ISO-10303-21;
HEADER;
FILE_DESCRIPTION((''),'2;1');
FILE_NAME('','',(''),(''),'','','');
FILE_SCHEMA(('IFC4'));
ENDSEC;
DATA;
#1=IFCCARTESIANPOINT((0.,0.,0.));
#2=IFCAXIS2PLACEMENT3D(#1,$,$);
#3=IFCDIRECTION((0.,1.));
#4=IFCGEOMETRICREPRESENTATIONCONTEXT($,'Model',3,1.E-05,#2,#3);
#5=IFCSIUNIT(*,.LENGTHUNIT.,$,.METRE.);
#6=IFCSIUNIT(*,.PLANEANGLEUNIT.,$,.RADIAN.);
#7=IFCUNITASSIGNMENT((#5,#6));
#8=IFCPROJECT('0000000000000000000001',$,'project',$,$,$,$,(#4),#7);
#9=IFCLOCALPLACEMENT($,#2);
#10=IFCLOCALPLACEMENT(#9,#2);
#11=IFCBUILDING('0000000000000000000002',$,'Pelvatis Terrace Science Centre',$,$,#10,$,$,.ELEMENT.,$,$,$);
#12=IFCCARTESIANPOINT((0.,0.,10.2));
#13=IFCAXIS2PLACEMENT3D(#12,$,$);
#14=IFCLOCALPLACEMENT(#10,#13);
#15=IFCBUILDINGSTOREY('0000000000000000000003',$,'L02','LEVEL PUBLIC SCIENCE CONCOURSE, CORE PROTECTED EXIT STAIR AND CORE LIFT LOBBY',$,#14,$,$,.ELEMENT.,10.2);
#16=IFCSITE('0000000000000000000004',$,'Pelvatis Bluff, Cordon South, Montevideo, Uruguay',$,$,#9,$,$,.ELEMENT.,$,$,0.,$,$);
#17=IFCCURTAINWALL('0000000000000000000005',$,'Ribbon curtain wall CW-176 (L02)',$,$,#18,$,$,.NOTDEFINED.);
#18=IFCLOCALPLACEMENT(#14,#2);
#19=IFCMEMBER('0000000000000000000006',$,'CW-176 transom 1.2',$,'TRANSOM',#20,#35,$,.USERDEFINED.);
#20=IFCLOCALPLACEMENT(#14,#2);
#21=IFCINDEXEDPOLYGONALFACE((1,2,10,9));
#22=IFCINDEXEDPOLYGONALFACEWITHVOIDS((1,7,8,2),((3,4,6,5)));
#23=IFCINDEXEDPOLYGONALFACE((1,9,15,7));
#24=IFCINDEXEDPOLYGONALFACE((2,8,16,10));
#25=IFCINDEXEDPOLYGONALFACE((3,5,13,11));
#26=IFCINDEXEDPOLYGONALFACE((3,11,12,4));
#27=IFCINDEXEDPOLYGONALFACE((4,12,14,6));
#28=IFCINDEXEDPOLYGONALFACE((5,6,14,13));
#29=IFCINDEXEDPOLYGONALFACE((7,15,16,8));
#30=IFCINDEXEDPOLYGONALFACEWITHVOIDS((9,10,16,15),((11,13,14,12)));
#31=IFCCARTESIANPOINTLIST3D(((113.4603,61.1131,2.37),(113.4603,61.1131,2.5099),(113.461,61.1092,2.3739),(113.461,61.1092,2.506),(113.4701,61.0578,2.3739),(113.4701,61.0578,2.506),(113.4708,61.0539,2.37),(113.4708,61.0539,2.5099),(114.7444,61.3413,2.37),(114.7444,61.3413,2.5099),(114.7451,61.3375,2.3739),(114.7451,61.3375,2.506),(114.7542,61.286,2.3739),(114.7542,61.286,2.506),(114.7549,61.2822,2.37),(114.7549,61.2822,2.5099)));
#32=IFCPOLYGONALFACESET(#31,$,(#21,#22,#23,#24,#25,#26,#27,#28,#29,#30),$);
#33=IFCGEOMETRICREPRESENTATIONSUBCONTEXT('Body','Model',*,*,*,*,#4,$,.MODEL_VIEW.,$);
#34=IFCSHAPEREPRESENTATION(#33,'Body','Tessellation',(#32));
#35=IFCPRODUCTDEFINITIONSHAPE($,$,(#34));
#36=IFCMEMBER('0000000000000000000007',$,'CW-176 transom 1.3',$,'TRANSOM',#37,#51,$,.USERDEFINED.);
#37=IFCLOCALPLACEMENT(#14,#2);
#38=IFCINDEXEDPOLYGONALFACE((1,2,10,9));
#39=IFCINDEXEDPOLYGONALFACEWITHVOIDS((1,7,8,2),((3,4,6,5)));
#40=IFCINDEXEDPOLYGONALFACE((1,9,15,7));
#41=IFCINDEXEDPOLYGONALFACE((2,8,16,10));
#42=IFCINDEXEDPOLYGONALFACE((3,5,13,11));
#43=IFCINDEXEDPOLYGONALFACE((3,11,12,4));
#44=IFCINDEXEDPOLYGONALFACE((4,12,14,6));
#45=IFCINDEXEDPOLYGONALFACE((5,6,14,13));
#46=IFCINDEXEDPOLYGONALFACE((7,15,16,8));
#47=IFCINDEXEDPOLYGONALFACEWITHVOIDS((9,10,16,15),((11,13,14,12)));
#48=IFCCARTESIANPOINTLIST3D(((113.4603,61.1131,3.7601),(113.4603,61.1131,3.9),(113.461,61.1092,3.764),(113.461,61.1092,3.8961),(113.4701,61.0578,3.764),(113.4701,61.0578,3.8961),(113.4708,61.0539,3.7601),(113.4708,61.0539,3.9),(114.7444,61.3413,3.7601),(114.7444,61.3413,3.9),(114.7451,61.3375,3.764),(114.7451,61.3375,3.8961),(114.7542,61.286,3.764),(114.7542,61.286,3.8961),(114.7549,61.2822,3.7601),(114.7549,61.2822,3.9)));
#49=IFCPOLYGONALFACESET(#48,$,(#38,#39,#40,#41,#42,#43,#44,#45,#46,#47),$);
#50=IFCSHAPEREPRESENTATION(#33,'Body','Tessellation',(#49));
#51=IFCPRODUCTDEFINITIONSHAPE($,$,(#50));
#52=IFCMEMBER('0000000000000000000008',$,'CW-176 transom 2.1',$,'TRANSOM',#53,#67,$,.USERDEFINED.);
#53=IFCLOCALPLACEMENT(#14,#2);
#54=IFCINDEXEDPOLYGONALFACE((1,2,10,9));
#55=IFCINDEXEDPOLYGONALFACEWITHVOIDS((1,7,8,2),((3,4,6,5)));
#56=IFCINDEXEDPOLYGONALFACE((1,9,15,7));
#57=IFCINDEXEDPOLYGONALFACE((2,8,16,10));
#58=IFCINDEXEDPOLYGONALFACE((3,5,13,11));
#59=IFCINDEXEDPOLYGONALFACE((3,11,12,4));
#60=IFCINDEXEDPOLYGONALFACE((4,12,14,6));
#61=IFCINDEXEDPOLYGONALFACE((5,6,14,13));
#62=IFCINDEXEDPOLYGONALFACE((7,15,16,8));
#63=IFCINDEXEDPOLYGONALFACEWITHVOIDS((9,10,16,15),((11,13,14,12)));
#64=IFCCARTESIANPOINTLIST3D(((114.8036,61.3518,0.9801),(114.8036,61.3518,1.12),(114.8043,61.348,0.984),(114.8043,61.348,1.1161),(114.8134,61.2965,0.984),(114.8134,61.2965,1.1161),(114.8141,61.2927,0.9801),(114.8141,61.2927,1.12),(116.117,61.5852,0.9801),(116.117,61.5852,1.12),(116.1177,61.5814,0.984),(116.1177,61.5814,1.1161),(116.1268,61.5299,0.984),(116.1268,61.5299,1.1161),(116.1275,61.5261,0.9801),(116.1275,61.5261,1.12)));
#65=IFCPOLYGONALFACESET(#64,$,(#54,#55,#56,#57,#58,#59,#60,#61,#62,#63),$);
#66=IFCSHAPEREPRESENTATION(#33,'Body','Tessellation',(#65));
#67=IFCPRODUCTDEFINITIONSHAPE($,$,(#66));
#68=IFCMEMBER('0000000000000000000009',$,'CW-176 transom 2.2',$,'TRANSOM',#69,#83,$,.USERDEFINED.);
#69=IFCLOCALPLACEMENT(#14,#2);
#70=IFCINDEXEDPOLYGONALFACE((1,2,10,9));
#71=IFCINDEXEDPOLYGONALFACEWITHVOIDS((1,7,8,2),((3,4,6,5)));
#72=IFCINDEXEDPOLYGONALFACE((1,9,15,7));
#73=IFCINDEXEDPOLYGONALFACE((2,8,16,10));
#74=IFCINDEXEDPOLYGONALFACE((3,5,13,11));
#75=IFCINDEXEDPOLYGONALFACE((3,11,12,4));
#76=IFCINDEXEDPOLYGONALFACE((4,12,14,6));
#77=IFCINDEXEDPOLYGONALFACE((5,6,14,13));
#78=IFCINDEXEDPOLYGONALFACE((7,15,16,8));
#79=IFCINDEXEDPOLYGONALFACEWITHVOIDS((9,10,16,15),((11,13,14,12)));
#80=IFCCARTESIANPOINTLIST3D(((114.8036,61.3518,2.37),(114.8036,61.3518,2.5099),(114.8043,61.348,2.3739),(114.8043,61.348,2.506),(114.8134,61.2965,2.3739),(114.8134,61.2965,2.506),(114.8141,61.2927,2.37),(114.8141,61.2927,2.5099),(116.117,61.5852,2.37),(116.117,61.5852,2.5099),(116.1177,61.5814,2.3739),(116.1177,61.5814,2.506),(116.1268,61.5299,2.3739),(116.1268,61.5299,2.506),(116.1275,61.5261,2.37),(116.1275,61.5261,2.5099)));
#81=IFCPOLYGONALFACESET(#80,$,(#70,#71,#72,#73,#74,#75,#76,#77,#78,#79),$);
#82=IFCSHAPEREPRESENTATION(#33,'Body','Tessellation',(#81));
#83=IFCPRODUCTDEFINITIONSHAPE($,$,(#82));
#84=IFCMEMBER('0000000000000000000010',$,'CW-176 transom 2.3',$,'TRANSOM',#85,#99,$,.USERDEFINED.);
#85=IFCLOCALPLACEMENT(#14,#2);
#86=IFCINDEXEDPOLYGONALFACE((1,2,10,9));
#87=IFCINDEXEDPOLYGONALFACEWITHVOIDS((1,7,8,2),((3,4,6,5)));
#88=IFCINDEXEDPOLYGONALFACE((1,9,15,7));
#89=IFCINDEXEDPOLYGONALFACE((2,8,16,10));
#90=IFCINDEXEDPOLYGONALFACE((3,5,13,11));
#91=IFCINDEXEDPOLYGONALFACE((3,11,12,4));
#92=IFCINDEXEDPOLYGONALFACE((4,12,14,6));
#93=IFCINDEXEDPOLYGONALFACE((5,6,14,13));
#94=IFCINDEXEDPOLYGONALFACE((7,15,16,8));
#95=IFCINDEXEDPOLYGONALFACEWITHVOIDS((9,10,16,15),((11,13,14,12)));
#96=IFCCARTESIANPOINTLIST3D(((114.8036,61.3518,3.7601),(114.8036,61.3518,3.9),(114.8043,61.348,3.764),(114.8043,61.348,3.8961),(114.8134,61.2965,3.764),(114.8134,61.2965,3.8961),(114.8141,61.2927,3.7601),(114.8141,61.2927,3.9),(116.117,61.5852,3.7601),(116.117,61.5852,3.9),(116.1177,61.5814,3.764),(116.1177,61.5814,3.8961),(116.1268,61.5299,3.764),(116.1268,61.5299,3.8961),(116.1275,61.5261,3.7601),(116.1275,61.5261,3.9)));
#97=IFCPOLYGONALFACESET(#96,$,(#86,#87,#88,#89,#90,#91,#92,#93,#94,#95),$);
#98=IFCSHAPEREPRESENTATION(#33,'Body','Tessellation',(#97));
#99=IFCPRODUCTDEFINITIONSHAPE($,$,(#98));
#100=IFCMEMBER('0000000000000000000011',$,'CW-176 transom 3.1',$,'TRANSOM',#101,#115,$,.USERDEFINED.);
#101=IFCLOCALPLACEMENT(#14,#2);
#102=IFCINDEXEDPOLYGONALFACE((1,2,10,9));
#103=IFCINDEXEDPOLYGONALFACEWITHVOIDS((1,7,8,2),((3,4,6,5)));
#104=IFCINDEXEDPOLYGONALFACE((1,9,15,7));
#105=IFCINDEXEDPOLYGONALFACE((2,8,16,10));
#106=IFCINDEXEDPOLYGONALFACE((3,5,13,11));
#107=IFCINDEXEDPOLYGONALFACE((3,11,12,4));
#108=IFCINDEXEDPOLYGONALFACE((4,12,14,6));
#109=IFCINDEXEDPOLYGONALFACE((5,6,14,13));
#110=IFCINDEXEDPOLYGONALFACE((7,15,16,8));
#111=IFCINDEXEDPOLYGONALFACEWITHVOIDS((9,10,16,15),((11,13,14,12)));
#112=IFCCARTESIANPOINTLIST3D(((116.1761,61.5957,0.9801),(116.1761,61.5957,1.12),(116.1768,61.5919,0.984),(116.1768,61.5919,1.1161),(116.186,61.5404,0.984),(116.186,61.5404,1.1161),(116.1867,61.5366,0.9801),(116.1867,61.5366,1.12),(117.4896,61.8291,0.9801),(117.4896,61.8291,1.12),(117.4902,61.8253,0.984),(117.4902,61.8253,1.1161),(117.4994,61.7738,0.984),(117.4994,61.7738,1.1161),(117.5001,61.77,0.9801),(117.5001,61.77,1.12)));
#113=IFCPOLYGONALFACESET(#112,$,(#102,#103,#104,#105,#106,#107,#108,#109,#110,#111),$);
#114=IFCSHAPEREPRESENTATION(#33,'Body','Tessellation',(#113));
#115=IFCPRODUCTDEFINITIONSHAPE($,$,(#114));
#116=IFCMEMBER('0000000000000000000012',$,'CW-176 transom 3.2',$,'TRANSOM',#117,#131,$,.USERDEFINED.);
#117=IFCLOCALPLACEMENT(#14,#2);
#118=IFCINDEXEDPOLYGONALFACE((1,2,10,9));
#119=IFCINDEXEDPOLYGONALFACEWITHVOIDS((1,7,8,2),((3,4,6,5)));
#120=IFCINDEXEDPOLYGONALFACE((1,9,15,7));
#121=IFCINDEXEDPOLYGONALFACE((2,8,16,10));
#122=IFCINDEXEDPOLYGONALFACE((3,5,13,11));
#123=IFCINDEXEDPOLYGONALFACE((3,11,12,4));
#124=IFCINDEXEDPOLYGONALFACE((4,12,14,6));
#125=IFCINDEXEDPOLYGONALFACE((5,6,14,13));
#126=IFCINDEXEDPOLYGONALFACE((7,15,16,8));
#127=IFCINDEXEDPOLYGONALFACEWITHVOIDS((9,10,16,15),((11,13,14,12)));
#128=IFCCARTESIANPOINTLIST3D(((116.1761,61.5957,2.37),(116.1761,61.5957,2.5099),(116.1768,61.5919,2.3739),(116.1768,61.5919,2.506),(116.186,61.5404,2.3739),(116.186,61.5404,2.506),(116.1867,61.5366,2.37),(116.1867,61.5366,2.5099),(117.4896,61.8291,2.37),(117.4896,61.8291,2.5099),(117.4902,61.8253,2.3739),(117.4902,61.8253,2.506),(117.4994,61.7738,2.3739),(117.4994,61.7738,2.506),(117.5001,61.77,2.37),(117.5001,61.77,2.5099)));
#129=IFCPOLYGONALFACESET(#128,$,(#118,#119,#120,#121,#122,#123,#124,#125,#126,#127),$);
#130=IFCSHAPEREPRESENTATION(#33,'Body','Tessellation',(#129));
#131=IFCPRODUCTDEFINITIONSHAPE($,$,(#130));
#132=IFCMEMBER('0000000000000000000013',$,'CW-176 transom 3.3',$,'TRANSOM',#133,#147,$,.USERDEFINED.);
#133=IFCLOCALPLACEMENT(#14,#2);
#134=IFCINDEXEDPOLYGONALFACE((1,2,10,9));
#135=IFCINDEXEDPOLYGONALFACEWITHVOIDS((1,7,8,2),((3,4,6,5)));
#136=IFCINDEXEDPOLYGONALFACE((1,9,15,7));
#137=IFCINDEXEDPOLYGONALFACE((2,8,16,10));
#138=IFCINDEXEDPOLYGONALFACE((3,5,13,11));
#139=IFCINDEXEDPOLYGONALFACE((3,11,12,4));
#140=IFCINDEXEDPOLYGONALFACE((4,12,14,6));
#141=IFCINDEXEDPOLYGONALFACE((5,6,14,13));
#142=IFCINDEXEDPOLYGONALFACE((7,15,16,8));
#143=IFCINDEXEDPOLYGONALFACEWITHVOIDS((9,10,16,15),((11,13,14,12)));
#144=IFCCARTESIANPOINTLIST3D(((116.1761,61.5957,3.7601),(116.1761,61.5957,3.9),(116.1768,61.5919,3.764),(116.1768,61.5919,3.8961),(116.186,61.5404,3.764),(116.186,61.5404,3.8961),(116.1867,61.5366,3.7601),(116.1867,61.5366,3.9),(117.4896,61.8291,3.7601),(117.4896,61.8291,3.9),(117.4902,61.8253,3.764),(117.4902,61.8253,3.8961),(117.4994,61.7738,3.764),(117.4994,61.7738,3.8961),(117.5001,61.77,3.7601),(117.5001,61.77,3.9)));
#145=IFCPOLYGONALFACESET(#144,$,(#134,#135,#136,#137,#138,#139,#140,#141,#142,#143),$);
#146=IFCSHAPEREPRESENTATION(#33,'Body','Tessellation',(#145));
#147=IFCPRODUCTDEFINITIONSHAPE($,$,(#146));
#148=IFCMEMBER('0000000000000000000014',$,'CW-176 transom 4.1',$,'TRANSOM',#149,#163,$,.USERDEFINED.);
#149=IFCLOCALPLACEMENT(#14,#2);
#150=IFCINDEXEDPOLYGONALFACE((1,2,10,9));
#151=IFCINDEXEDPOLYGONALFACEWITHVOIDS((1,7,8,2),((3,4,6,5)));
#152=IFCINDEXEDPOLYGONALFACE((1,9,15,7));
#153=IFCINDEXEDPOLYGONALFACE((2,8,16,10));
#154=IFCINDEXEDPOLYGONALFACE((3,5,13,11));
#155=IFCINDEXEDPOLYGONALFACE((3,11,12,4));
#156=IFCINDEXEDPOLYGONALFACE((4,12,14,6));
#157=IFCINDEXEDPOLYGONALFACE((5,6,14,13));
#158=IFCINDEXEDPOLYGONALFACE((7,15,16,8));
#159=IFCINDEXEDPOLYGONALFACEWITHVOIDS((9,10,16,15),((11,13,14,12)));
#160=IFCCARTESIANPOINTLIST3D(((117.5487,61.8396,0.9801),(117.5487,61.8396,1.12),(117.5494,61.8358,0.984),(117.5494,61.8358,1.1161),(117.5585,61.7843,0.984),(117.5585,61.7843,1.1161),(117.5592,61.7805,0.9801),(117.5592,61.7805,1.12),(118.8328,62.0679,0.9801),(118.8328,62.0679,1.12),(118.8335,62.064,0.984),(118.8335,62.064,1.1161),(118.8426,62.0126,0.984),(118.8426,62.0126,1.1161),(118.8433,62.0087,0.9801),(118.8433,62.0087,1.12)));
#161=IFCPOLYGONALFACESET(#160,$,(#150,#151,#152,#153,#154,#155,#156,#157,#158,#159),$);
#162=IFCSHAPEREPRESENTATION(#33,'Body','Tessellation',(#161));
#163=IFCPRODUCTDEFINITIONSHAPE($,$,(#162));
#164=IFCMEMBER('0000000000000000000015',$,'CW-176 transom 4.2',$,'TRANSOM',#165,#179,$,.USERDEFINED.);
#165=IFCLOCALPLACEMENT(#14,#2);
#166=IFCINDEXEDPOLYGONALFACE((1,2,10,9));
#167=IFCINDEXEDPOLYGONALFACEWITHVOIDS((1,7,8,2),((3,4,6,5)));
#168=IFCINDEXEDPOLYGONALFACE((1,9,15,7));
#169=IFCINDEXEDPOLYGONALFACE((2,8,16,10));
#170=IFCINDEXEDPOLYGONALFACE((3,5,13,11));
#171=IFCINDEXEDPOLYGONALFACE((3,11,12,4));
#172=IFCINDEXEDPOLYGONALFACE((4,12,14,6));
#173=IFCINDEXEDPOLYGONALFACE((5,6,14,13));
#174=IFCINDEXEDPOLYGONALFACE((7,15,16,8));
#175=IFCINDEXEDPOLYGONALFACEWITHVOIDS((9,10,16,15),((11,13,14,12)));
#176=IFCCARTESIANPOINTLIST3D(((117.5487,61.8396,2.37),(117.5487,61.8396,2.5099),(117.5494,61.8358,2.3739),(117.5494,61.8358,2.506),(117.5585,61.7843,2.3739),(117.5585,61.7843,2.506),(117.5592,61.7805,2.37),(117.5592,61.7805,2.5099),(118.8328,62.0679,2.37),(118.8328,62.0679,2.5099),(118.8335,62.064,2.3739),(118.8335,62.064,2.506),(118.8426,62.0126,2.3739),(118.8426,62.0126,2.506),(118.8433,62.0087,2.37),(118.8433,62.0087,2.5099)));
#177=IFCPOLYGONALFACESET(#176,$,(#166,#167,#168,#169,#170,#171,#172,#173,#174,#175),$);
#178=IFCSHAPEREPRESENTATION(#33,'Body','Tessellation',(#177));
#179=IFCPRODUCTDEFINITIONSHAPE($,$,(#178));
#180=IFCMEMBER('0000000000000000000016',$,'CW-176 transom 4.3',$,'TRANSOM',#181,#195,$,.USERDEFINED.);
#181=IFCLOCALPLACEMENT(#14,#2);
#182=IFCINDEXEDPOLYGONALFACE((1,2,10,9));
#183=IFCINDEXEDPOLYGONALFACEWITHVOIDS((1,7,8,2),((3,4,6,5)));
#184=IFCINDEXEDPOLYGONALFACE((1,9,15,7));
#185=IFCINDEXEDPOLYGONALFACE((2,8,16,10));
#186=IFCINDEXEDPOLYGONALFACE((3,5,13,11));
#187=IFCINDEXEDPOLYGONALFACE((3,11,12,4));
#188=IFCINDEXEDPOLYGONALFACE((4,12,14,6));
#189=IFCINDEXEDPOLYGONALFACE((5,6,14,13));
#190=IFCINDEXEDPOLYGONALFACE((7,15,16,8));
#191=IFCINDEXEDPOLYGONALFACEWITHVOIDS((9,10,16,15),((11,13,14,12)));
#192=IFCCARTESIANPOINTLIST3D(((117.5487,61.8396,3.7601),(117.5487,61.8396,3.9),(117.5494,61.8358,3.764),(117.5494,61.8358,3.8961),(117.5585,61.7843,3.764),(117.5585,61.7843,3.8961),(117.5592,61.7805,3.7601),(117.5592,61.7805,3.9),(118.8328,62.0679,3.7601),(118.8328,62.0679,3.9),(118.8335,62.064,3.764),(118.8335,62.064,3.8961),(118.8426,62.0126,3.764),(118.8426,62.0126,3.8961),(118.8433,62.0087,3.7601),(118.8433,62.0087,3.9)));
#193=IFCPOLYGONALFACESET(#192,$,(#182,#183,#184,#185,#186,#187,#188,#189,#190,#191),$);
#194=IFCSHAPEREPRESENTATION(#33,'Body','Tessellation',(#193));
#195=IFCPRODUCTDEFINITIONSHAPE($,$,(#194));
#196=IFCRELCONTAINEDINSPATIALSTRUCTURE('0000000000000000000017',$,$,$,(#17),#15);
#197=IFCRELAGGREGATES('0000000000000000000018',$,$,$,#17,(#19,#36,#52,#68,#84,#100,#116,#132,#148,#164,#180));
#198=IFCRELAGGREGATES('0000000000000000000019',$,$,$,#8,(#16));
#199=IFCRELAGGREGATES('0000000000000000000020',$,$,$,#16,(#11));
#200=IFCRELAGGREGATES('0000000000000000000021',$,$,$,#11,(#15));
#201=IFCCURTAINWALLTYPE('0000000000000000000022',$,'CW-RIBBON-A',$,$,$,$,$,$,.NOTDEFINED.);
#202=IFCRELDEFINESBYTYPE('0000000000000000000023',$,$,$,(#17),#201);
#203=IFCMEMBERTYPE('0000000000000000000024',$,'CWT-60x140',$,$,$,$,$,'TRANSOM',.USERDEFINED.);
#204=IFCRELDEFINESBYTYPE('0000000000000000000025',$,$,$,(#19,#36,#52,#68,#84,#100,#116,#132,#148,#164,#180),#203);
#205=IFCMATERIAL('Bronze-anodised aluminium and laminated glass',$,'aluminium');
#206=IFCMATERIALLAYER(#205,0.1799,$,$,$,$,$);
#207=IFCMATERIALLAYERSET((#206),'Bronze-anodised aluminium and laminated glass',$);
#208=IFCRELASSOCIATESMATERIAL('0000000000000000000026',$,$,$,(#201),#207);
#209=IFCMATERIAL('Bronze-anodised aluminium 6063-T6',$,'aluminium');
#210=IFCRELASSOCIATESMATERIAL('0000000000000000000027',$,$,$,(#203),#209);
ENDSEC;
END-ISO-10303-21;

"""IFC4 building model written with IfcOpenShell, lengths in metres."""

from ifc_helpers import new_model, si_unit, direction, frame, origin, origin_2d, place, context, subcontext, project, spatial, hollow_rectangle, extrude, material, layer, layer_set, material_profile, profile_set, type_object, element, aggregate, save


model = new_model("IFC4")

# Units and contexts
model_context = context("Model", 3, precision=1e-05, world=origin(), true_north=direction((0.0, 1.0)))
body_context = subcontext(model_context, "Body", "Model", "MODEL_VIEW")
ifc_project = project(units=[si_unit("LENGTHUNIT", "METRE"), si_unit("PLANEANGLEUNIT", "RADIAN")], contexts=[model_context])

# Site, building, storey
site_placement = place(None, origin())
site = spatial("IfcSite", under=ifc_project, at=site_placement, Name="Pelvatis Bluff, Cordon South, Montevideo, Uruguay", CompositionType="ELEMENT", RefElevation=0.0)
building_placement = place(site_placement, origin())
building = spatial("IfcBuilding", under=site, at=building_placement, Name="Pelvatis Terrace Science Centre", CompositionType="ELEMENT")
storey_placement = place(building_placement, frame((0.0, 0.0, 10.2)))
storey = spatial("IfcBuildingStorey", under=building, at=storey_placement, Name="L02", Description="LEVEL PUBLIC SCIENCE CONCOURSE, CORE PROTECTED EXIT STAIR AND CORE LIFT LOBBY", CompositionType="ELEMENT", Elevation=10.2)

# Shared definitions
ifc_material_1 = material(Name="Bronze-anodised aluminium and laminated glass", Category="aluminium")
ifc_layer_1 = layer(ifc_material_1, 0.1799)
ifc_layer_set_1 = layer_set([ifc_layer_1], Name="Bronze-anodised aluminium and laminated glass")
curtain_wall_type = type_object("IfcCurtainWallType", Name="CW-RIBBON-A", PredefinedType="NOTDEFINED", material=ifc_layer_set_1)

# Curtain wall
curtain_wall_1_placement = place(storey_placement, origin())
curtain_wall_1 = element("IfcCurtainWall", 1, at=curtain_wall_1_placement, inside=storey, type_object=curtain_wall_type, Name="Ribbon curtain wall CW-176 (L02)", PredefinedType="NOTDEFINED")

# Members
ifc_material_2 = material(Name="Bronze-anodised aluminium 6063-T6", Category="aluminium")
ifc_material_profile_1 = material_profile(ifc_material_2, hollow_rectangle(XDim=0.0601, YDim=0.1399, WallThickness=0.0039, at=origin_2d()), Name="ALU-TRN 60x140")
ifc_profile_set_1 = profile_set([ifc_material_profile_1], Name="Bronze-anodised aluminium 6063-T6")
member_type_1 = type_object("IfcMemberType", Name="CWT-60x140", ElementType="TRANSOM", PredefinedType="USERDEFINED", material=ifc_profile_set_1)
member_1_placement = place(storey_placement, frame((113.4656, 61.0835, 2.4399), z_axis=(0.984566, 0.175013, 0.0), x_axis=(-0.175013, 0.984566, 0.0)))
member_1 = element("IfcMember", 2, at=member_1_placement, type_object=member_type_1, Name="CW-176 transom 1.2", ObjectType="TRANSOM", PredefinedType="USERDEFINED", context=body_context, shape_type="SweptSolid", body=[
    extrude(hollow_rectangle(XDim=0.0601, YDim=0.1399, WallThickness=0.0039, at=origin_2d()), origin(), (0.0, 0.0, 1.0), 1.3042),
])
member_2_placement = place(storey_placement, frame((113.4656, 61.0835, 3.8301), z_axis=(0.984566, 0.175013, 0.0), x_axis=(-0.175013, 0.984566, 0.0)))
member_2 = element("IfcMember", 3, at=member_2_placement, type_object=member_type_1, Name="CW-176 transom 1.3", ObjectType="TRANSOM", PredefinedType="USERDEFINED", context=body_context, shape_type="SweptSolid", body=[
    extrude(hollow_rectangle(XDim=0.0601, YDim=0.1399, WallThickness=0.0039, at=origin_2d()), origin(), (0.0, 0.0, 1.0), 1.3042),
])
member_3_placement = place(storey_placement, frame((114.8088, 61.3223, 1.05), z_axis=(0.984577, 0.174954, 0.0), x_axis=(-0.174954, 0.984577, 0.0)))
member_3 = element("IfcMember", 4, at=member_3_placement, type_object=member_type_1, Name="CW-176 transom 2.1", ObjectType="TRANSOM", PredefinedType="USERDEFINED", context=body_context, shape_type="SweptSolid", body=[
    extrude(hollow_rectangle(XDim=0.0601, YDim=0.1399, WallThickness=0.0039, at=origin_2d()), origin(), (0.0, 0.0, 1.0), 1.334),
])
member_4_placement = place(storey_placement, frame((114.8088, 61.3223, 2.4399), z_axis=(0.984577, 0.174954, 0.0), x_axis=(-0.174954, 0.984577, 0.0)))
member_4 = element("IfcMember", 5, at=member_4_placement, type_object=member_type_1, Name="CW-176 transom 2.2", ObjectType="TRANSOM", PredefinedType="USERDEFINED", context=body_context, shape_type="SweptSolid", body=[
    extrude(hollow_rectangle(XDim=0.0601, YDim=0.1399, WallThickness=0.0039, at=origin_2d()), origin(), (0.0, 0.0, 1.0), 1.334),
])
member_5_placement = place(storey_placement, frame((114.8088, 61.3223, 3.8301), z_axis=(0.984577, 0.174954, 0.0), x_axis=(-0.174954, 0.984577, 0.0)))
member_5 = element("IfcMember", 6, at=member_5_placement, type_object=member_type_1, Name="CW-176 transom 2.3", ObjectType="TRANSOM", PredefinedType="USERDEFINED", context=body_context, shape_type="SweptSolid", body=[
    extrude(hollow_rectangle(XDim=0.0601, YDim=0.1399, WallThickness=0.0039, at=origin_2d()), origin(), (0.0, 0.0, 1.0), 1.334),
])
member_6_placement = place(storey_placement, frame((116.1814, 61.5662, 1.05), z_axis=(0.984577, 0.174954, 0.0), x_axis=(-0.174954, 0.984577, 0.0)))
member_6 = element("IfcMember", 7, at=member_6_placement, type_object=member_type_1, Name="CW-176 transom 3.1", ObjectType="TRANSOM", PredefinedType="USERDEFINED", context=body_context, shape_type="SweptSolid", body=[
    extrude(hollow_rectangle(XDim=0.0601, YDim=0.1399, WallThickness=0.0039, at=origin_2d()), origin(), (0.0, 0.0, 1.0), 1.334),
])
member_7_placement = place(storey_placement, frame((116.1814, 61.5662, 2.4399), z_axis=(0.984577, 0.174954, 0.0), x_axis=(-0.174954, 0.984577, 0.0)))
member_7 = element("IfcMember", 8, at=member_7_placement, type_object=member_type_1, Name="CW-176 transom 3.2", ObjectType="TRANSOM", PredefinedType="USERDEFINED", context=body_context, shape_type="SweptSolid", body=[
    extrude(hollow_rectangle(XDim=0.0601, YDim=0.1399, WallThickness=0.0039, at=origin_2d()), origin(), (0.0, 0.0, 1.0), 1.334),
])
member_8_placement = place(storey_placement, frame((116.1814, 61.5662, 3.8301), z_axis=(0.984577, 0.174954, 0.0), x_axis=(-0.174954, 0.984577, 0.0)))
member_8 = element("IfcMember", 9, at=member_8_placement, type_object=member_type_1, Name="CW-176 transom 3.3", ObjectType="TRANSOM", PredefinedType="USERDEFINED", context=body_context, shape_type="SweptSolid", body=[
    extrude(hollow_rectangle(XDim=0.0601, YDim=0.1399, WallThickness=0.0039, at=origin_2d()), origin(), (0.0, 0.0, 1.0), 1.334),
])
member_9_placement = place(storey_placement, frame((117.554, 61.8101, 1.05), z_axis=(0.984566, 0.175013, 0.0), x_axis=(-0.175013, 0.984566, 0.0)))
member_9 = element("IfcMember", 10, at=member_9_placement, type_object=member_type_1, Name="CW-176 transom 4.1", ObjectType="TRANSOM", PredefinedType="USERDEFINED", context=body_context, shape_type="SweptSolid", body=[
    extrude(hollow_rectangle(XDim=0.0601, YDim=0.1399, WallThickness=0.0039, at=origin_2d()), origin(), (0.0, 0.0, 1.0), 1.3042),
])
member_10_placement = place(storey_placement, frame((117.554, 61.8101, 2.4399), z_axis=(0.984566, 0.175013, 0.0), x_axis=(-0.175013, 0.984566, 0.0)))
member_10 = element("IfcMember", 11, at=member_10_placement, type_object=member_type_1, Name="CW-176 transom 4.2", ObjectType="TRANSOM", PredefinedType="USERDEFINED", context=body_context, shape_type="SweptSolid", body=[
    extrude(hollow_rectangle(XDim=0.0601, YDim=0.1399, WallThickness=0.0039, at=origin_2d()), origin(), (0.0, 0.0, 1.0), 1.3042),
])
member_11_placement = place(storey_placement, frame((117.554, 61.8101, 3.8301), z_axis=(0.984566, 0.175013, 0.0), x_axis=(-0.175013, 0.984566, 0.0)))
member_11 = element("IfcMember", 12, at=member_11_placement, type_object=member_type_1, Name="CW-176 transom 4.3", ObjectType="TRANSOM", PredefinedType="USERDEFINED", context=body_context, shape_type="SweptSolid", body=[
    extrude(hollow_rectangle(XDim=0.0601, YDim=0.1399, WallThickness=0.0039, at=origin_2d()), origin(), (0.0, 0.0, 1.0), 1.3042),
])

aggregate(curtain_wall_1, [member_1, member_2, member_3, member_4, member_5, member_6, member_7, member_8, member_9, member_10, member_11])

save(model, "model.ifc")
